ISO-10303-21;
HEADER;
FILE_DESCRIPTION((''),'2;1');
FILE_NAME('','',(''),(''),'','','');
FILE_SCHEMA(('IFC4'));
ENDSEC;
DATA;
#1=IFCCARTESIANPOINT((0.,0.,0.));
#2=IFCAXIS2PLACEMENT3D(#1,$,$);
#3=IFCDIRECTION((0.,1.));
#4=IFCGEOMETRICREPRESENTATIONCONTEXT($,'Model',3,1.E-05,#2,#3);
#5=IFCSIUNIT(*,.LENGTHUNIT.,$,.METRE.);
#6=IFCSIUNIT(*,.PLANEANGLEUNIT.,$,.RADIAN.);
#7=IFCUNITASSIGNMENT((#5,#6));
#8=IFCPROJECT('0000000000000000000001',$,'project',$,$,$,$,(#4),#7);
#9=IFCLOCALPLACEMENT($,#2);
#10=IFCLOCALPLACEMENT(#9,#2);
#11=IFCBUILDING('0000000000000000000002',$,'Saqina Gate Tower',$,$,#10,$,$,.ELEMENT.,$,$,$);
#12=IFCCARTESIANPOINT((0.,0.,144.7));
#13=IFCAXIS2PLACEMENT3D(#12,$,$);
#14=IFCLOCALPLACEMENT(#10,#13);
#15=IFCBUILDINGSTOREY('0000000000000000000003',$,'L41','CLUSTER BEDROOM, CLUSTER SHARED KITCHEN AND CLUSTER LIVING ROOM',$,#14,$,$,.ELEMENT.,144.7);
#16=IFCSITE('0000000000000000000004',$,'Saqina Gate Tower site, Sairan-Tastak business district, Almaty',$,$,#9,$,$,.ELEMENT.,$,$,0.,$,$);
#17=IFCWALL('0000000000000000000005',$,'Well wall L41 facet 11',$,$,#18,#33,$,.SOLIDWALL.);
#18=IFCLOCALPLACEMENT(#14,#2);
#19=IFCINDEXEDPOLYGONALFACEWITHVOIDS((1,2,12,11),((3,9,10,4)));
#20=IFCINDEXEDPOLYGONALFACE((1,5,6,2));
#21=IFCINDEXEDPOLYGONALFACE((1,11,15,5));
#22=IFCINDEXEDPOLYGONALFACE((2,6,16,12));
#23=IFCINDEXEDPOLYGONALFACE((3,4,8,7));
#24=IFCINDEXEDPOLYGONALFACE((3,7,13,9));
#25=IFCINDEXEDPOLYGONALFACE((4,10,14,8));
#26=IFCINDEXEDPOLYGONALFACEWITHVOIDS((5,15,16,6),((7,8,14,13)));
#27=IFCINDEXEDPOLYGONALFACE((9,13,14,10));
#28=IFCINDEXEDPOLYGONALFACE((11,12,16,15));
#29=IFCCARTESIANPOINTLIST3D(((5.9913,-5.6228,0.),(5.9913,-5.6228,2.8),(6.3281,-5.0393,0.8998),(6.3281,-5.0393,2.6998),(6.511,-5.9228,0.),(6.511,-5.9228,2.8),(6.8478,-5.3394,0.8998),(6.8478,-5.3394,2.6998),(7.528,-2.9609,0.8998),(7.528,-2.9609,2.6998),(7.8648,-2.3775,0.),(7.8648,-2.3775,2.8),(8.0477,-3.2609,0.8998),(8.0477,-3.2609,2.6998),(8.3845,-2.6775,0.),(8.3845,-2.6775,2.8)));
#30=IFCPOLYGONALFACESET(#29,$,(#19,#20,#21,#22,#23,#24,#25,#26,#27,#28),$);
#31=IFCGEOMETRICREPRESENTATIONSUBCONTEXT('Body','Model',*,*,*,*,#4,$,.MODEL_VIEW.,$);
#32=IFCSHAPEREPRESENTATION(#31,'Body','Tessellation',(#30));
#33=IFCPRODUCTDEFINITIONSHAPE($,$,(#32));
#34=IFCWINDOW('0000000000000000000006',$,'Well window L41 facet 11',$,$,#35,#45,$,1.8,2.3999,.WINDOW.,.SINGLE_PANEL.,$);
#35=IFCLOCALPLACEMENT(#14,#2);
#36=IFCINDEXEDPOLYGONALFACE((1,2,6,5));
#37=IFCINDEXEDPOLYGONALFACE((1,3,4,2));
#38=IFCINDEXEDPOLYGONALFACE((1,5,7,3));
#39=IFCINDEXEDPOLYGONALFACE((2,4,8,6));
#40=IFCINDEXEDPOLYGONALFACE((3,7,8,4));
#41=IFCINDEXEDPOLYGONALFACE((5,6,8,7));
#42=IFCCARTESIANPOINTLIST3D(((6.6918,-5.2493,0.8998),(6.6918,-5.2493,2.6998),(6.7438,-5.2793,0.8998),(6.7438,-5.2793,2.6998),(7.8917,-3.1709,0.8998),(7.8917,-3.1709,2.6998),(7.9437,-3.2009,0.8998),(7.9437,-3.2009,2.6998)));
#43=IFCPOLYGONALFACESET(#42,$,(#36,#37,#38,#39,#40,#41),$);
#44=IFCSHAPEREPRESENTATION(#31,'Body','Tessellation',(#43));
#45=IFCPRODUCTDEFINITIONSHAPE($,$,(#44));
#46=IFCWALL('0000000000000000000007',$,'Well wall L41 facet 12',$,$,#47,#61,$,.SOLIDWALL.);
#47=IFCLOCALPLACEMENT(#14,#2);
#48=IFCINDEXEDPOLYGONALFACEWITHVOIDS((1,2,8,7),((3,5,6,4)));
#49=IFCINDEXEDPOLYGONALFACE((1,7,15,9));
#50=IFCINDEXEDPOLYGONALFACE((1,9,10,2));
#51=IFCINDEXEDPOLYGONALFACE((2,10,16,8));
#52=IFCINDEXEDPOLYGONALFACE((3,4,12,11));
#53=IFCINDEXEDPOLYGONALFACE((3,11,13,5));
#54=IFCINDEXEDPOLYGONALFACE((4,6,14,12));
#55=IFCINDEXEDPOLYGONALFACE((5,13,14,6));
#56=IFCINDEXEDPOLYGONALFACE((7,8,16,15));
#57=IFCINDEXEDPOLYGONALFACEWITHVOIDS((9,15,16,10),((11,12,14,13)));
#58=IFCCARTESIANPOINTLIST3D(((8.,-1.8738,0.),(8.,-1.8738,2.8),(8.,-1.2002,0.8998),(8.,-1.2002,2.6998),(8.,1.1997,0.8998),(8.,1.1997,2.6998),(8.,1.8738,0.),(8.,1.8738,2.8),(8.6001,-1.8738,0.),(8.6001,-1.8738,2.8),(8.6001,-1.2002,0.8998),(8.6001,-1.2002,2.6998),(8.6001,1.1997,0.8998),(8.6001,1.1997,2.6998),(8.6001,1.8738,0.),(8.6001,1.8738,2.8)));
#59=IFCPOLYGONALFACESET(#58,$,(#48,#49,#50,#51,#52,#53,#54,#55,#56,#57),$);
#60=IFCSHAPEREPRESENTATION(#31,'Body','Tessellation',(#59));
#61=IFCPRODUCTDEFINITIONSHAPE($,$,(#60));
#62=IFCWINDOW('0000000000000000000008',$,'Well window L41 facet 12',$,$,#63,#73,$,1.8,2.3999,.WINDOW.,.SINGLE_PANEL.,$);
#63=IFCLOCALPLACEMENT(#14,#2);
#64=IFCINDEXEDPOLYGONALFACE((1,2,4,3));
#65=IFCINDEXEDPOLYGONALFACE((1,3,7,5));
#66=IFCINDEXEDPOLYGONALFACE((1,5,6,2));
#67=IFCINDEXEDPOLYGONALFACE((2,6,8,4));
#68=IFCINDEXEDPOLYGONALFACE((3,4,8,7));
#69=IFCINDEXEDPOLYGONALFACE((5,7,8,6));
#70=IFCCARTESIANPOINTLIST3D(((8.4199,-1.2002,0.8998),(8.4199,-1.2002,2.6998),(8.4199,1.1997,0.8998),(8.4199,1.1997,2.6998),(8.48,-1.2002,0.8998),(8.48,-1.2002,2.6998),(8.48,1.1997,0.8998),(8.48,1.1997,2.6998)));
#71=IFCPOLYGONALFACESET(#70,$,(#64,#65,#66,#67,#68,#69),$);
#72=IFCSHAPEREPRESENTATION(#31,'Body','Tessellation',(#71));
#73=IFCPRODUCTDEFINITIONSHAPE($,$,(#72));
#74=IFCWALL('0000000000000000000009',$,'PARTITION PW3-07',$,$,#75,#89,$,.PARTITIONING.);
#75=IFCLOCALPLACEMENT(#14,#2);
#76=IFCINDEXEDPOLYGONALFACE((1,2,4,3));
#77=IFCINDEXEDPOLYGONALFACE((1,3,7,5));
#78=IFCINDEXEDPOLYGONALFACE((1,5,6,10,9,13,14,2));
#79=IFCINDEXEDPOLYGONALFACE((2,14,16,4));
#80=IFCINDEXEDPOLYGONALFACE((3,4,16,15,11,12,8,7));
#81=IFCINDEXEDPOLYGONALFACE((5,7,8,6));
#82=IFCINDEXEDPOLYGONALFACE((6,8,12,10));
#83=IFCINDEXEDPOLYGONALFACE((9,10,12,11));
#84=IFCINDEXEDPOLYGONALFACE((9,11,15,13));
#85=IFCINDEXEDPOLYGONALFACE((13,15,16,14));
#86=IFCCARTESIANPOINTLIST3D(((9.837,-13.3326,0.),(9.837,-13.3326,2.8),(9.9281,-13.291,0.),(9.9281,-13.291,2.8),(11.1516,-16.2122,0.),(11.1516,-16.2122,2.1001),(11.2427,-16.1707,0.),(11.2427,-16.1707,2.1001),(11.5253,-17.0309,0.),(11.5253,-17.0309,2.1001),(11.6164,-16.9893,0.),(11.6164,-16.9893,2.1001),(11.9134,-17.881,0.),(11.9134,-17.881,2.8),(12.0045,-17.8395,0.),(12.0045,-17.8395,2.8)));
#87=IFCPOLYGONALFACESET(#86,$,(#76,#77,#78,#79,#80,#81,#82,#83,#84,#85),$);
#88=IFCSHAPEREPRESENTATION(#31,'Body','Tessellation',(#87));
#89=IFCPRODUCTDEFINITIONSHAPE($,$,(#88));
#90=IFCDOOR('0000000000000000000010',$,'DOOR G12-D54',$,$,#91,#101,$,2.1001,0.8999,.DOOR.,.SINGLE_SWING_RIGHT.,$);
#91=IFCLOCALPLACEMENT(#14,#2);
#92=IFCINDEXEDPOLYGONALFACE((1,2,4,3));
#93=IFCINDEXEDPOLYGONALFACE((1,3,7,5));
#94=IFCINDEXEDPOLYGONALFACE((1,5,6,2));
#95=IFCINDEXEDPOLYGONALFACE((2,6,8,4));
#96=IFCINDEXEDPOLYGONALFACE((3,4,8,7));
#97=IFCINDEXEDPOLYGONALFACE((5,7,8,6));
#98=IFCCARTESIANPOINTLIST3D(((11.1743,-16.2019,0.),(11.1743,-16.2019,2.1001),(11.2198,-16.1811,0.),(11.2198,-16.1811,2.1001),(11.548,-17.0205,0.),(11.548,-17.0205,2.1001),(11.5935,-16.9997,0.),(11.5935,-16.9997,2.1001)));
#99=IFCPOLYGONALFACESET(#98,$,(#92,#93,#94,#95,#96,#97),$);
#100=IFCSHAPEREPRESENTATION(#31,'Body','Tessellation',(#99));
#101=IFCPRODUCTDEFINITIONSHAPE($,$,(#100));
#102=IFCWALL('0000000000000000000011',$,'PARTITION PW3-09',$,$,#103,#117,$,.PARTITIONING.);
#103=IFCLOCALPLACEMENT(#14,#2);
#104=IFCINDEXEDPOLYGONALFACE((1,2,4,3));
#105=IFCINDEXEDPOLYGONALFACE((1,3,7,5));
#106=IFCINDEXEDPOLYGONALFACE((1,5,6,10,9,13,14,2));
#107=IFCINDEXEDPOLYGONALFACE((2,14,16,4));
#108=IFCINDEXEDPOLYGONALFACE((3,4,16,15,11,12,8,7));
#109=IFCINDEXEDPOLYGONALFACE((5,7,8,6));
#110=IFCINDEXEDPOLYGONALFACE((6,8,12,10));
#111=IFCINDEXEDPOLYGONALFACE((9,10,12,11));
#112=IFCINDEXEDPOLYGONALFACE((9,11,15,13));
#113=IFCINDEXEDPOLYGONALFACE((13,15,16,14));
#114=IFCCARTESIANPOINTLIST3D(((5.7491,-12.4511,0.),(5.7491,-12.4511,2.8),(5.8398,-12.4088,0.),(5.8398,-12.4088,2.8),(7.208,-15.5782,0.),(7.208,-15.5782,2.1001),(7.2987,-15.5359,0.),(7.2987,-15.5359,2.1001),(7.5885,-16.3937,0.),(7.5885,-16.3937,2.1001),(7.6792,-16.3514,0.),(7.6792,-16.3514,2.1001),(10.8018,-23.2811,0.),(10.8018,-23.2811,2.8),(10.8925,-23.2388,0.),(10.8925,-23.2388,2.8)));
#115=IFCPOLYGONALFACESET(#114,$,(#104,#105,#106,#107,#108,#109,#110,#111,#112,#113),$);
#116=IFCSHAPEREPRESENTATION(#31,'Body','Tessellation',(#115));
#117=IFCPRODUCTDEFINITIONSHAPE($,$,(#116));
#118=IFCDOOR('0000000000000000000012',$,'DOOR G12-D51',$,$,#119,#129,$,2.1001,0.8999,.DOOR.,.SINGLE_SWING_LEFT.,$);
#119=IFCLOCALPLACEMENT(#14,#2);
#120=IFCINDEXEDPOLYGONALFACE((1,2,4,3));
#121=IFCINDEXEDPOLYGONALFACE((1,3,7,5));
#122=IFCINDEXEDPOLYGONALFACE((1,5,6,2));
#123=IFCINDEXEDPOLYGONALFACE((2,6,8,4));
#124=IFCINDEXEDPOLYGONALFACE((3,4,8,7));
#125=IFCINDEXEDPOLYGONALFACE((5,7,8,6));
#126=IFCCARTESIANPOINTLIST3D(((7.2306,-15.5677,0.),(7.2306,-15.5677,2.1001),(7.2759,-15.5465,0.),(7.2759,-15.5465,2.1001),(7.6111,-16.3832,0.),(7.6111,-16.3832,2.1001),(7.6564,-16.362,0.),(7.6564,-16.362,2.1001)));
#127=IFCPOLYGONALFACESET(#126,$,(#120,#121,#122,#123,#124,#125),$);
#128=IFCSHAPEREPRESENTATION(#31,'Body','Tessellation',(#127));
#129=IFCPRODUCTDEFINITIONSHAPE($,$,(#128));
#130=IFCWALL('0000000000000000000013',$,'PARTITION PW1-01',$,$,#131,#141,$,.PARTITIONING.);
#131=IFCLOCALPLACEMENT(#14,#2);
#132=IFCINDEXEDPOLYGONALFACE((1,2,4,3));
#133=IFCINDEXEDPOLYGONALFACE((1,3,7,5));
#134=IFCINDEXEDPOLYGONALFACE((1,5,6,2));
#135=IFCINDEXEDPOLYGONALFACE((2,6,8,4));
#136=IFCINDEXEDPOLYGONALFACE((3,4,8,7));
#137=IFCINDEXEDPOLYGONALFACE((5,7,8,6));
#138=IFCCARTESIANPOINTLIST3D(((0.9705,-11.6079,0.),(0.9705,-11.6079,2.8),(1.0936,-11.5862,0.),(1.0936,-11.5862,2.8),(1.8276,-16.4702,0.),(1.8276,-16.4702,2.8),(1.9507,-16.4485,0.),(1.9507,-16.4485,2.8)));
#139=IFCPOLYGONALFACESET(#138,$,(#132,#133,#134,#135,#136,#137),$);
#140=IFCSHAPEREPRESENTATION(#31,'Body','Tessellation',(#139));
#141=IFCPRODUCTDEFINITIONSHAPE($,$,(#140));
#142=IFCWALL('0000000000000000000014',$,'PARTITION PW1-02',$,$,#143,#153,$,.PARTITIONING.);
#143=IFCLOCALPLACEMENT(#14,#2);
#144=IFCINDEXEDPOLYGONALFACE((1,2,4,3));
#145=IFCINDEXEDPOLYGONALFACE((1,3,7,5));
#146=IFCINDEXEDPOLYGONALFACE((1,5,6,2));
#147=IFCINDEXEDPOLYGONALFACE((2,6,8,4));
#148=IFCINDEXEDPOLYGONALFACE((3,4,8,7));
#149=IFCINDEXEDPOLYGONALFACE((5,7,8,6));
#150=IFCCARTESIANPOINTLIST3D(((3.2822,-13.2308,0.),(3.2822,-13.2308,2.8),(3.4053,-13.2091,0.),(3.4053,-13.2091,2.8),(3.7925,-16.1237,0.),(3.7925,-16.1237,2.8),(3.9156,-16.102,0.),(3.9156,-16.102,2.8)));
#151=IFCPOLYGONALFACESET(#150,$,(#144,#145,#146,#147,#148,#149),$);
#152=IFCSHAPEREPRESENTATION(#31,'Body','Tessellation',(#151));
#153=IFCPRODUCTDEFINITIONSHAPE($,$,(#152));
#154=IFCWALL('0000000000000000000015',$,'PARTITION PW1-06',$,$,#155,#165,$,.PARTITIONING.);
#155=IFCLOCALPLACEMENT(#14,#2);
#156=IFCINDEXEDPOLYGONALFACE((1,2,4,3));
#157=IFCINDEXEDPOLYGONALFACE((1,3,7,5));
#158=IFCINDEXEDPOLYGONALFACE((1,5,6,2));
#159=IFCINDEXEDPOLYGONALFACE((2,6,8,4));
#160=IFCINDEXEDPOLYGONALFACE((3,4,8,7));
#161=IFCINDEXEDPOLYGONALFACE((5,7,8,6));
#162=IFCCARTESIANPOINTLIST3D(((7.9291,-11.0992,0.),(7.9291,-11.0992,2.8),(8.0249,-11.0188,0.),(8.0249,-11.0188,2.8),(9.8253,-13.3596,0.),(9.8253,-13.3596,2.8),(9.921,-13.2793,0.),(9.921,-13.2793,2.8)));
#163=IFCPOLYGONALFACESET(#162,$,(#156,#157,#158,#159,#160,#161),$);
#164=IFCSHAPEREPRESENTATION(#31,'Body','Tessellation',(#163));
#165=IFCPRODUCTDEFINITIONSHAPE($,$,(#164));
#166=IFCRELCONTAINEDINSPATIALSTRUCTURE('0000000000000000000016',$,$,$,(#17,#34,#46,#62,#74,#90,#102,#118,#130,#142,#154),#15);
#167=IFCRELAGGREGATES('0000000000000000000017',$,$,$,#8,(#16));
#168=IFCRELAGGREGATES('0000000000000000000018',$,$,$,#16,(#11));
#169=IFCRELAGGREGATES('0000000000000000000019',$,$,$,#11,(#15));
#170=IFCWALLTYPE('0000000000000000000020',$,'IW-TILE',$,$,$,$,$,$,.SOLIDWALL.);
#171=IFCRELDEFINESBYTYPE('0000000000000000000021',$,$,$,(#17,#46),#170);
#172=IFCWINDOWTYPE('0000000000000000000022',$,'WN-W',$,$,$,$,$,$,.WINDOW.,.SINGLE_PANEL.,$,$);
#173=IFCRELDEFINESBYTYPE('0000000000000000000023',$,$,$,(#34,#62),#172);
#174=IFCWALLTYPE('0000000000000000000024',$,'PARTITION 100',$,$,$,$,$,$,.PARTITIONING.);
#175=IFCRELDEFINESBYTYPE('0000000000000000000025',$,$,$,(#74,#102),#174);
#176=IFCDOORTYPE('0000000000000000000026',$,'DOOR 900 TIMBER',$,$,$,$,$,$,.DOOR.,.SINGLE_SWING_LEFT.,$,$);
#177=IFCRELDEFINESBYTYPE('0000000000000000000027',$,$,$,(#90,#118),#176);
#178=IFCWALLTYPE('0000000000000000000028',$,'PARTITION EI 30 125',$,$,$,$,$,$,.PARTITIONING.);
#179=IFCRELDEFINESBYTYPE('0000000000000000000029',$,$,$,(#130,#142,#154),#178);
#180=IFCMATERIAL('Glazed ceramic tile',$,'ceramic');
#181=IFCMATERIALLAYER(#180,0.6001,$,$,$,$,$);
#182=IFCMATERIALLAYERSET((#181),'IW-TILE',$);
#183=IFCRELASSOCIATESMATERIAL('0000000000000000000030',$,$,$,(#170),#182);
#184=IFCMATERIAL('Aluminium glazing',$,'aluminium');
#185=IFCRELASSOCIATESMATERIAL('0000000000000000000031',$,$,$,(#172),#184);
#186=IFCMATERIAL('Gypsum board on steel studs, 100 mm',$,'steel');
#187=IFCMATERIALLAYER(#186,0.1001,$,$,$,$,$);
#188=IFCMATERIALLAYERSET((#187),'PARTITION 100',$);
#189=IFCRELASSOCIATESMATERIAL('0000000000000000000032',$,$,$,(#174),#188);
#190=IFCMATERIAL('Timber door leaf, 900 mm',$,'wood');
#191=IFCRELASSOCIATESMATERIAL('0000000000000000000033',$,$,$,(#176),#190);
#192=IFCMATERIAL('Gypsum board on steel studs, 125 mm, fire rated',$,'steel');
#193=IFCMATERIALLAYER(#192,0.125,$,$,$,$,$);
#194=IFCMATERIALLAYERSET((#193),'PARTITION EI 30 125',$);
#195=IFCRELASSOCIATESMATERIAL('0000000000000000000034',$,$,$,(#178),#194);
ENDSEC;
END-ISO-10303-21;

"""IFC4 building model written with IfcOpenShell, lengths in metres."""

from ifc_helpers import new_model, si_unit, direction, frame, frame_2d, origin, place, context, subcontext, project, spatial, rectangle, extrude, material, layer, layer_set, type_object, element, fill, save


model = new_model("IFC4")

# Units and contexts
model_context = context("Model", 3, precision=1e-05, world=origin(), true_north=direction((0.0, 1.0)))
body_context = subcontext(model_context, "Body", "Model", "MODEL_VIEW")
ifc_project = project(units=[si_unit("LENGTHUNIT", "METRE"), si_unit("PLANEANGLEUNIT", "RADIAN")], contexts=[model_context])

# Site, building, storey
site_placement = place(None, origin())
site = spatial("IfcSite", under=ifc_project, at=site_placement, Name="Saqina Gate Tower site, Sairan-Tastak business district, Almaty", CompositionType="ELEMENT", RefElevation=0.0)
building_placement = place(site_placement, origin())
building = spatial("IfcBuilding", under=site, at=building_placement, Name="Saqina Gate Tower", CompositionType="ELEMENT")
storey_placement = place(building_placement, frame((0.0, 0.0, 144.7)))
storey = spatial("IfcBuildingStorey", under=building, at=storey_placement, Name="L41", Description="CLUSTER BEDROOM, CLUSTER SHARED KITCHEN AND CLUSTER LIVING ROOM", CompositionType="ELEMENT", Elevation=144.7)

# Walls, openings, windows
ifc_material_1 = material(Name="Glazed ceramic tile", Category="ceramic")
ifc_layer_1 = layer(ifc_material_1, 0.6001)
ifc_layer_set_1 = layer_set([ifc_layer_1], Name="IW-TILE")
wall_type_1 = type_object("IfcWallType", Name="IW-TILE", PredefinedType="SOLIDWALL", material=ifc_layer_set_1)
ifc_material_2 = material(Name="Aluminium glazing", Category="aluminium")
window_type = type_object("IfcWindowType", Name="WN-W", PartitioningType="SINGLE_PANEL", PredefinedType="WINDOW", material=ifc_material_2)
wall_1_placement = place(storey_placement, frame((6.2512, -5.7727, 0.0), z_axis=(0.0, 0.0, 1.0), x_axis=(0.499965, 0.866046, 0.0)))
wall_1 = element("IfcWall", 1, at=wall_1_placement, inside=storey, type_object=wall_type_1, Name="Well wall L41 facet 11", PredefinedType="SOLIDWALL", context=body_context, shape_type="SweptSolid", body=[
    extrude(rectangle(XDim=3.7473, YDim=0.6001, at=frame_2d((1.8735, 0.0))), origin(), (0.0, 0.0, 1.0), 2.8),
])
opening_1_placement = place(wall_1_placement, frame((0.6736, 0.0, 0.8999)))
opening_1 = element("IfcOpeningElement", 2, at=opening_1_placement, cuts=wall_1, PredefinedType="OPENING", context=body_context, shape_type="SweptSolid", body=[
    extrude(rectangle(XDim=2.3999, YDim=1.8, at=frame_2d((1.2, 0.8999))), frame((0.0, 0.312, 0.0), z_axis=(0.0, -1.0, 0.0), x_axis=(1.0, 0.0, 0.0)), (0.0, 0.0, 1.0), 0.624),
])
window_1_placement = place(opening_1_placement, origin())
window_1 = element("IfcWindow", 3, at=window_1_placement, inside=storey, type_object=window_type, Name="Well window L41 facet 11", OverallHeight=1.8, OverallWidth=2.3999, PartitioningType="SINGLE_PANEL", PredefinedType="WINDOW", context=body_context, shape_type="SweptSolid", body=[
    extrude(rectangle(XDim=2.3999, YDim=1.8, at=frame_2d((1.2, 0.8999))), frame((0.0, -0.1199, 0.0), z_axis=(0.0, -1.0, 0.0), x_axis=(1.0, 0.0, 0.0)), (0.0, 0.0, 1.0), 0.0601),
])
fill(opening_1, window_1)
wall_2_placement = place(storey_placement, frame((8.3, -1.8738, 0.0), z_axis=(0.0, 0.0, 1.0), x_axis=(0.0, 1.0, 0.0)))
wall_2 = element("IfcWall", 4, at=wall_2_placement, inside=storey, type_object=wall_type_1, Name="Well wall L41 facet 12", PredefinedType="SOLIDWALL", context=body_context, shape_type="SweptSolid", body=[
    extrude(rectangle(XDim=3.7476, YDim=0.6001, at=frame_2d((1.8738, 0.0))), origin(), (0.0, 0.0, 1.0), 2.8),
])
opening_2_placement = place(wall_2_placement, frame((0.6736, 0.0, 0.8999)))
opening_2 = element("IfcOpeningElement", 5, at=opening_2_placement, cuts=wall_2, PredefinedType="OPENING", context=body_context, shape_type="SweptSolid", body=[
    extrude(rectangle(XDim=2.3999, YDim=1.8, at=frame_2d((1.2, 0.8999))), frame((0.0, 0.312, 0.0), z_axis=(0.0, -1.0, 0.0), x_axis=(1.0, 0.0, 0.0)), (0.0, 0.0, 1.0), 0.624),
])
window_2_placement = place(opening_2_placement, origin())
window_2 = element("IfcWindow", 6, at=window_2_placement, inside=storey, type_object=window_type, Name="Well window L41 facet 12", OverallHeight=1.8, OverallWidth=2.3999, PartitioningType="SINGLE_PANEL", PredefinedType="WINDOW", context=body_context, shape_type="SweptSolid", body=[
    extrude(rectangle(XDim=2.3999, YDim=1.8, at=frame_2d((1.2, 0.8999))), frame((0.0, -0.1199, 0.0), z_axis=(0.0, -1.0, 0.0), x_axis=(1.0, 0.0, 0.0)), (0.0, 0.0, 1.0), 0.0601),
])
fill(opening_2, window_2)

# Walls, openings, doors
ifc_material_3 = material(Name="Gypsum board on steel studs, 100 mm", Category="steel")
ifc_layer_2 = layer(ifc_material_3, 0.1001)
ifc_layer_set_2 = layer_set([ifc_layer_2], Name="PARTITION 100")
wall_type_2 = type_object("IfcWallType", Name="PARTITION 100", PredefinedType="PARTITIONING", material=ifc_layer_set_2)
wall_3_placement = place(storey_placement, frame((9.8826, -13.3118, 0.0), z_axis=(0.0, 0.0, 1.0), x_axis=(0.415274, -0.909696, 0.0)))
wall_3 = element("IfcWall", 7, at=wall_3_placement, inside=storey, type_object=wall_type_2, Name="PARTITION PW3-07", PredefinedType="PARTITIONING", context=body_context, shape_type="SweptSolid", body=[
    extrude(rectangle(XDim=5.0, YDim=0.1001, at=frame_2d((2.5, 0.0))), origin(), (0.0, 0.0, 1.0), 2.8),
])
opening_3_placement = place(wall_3_placement, frame((3.1655, 0.0, 0.0)))
opening_3 = element("IfcOpeningElement", 8, at=opening_3_placement, cuts=wall_3, PredefinedType="OPENING", context=body_context, shape_type="SweptSolid", body=[
    extrude(rectangle(XDim=0.8999, YDim=2.1001, at=frame_2d((0.45, 1.05))), frame((0.0, 0.062, 0.0), z_axis=(0.0, -1.0, 0.0), x_axis=(1.0, 0.0, 0.0)), (0.0, 0.0, 1.0), 0.124),
])
ifc_material_4 = material(Name="Timber door leaf, 900 mm", Category="wood")
door_type = type_object("IfcDoorType", Name="DOOR 900 TIMBER", OperationType="SINGLE_SWING_LEFT", PredefinedType="DOOR", material=ifc_material_4)
door_1_placement = place(opening_3_placement, origin())
door_1 = element("IfcDoor", 9, at=door_1_placement, inside=storey, type_object=door_type, Name="DOOR G12-D54", OperationType="SINGLE_SWING_RIGHT", OverallHeight=2.1001, OverallWidth=0.8999, PredefinedType="DOOR", context=body_context, shape_type="SweptSolid", body=[
    extrude(rectangle(XDim=0.8999, YDim=2.1001, at=frame_2d((0.45, 1.05))), frame((0.0, 0.0249, 0.0), z_axis=(0.0, -1.0, 0.0), x_axis=(1.0, 0.0, 0.0)), (0.0, 0.0, 1.0), 0.05),
])
fill(opening_3, door_1)
wall_4_placement = place(storey_placement, frame((5.7944, -12.4299, 0.0), z_axis=(0.0, 0.0, 1.0), x_axis=(0.422796, -0.906225, 0.0)))
wall_4 = element("IfcWall", 10, at=wall_4_placement, inside=storey, type_object=wall_type_2, Name="PARTITION PW3-09", PredefinedType="PARTITIONING", context=body_context, shape_type="SweptSolid", body=[
    extrude(rectangle(XDim=11.9507, YDim=0.1001, at=frame_2d((5.9753, 0.0))), origin(), (0.0, 0.0, 1.0), 2.8),
])
opening_4_placement = place(wall_4_placement, frame((3.4507, 0.0, 0.0)))
opening_4 = element("IfcOpeningElement", 11, at=opening_4_placement, cuts=wall_4, PredefinedType="OPENING", context=body_context, shape_type="SweptSolid", body=[
    extrude(rectangle(XDim=0.8999, YDim=2.1001, at=frame_2d((0.45, 1.05))), frame((0.0, 0.062, 0.0), z_axis=(0.0, -1.0, 0.0), x_axis=(1.0, 0.0, 0.0)), (0.0, 0.0, 1.0), 0.124),
])
door_2_placement = place(opening_4_placement, origin())
door_2 = element("IfcDoor", 12, at=door_2_placement, inside=storey, type_object=door_type, Name="DOOR G12-D51", OperationType="SINGLE_SWING_LEFT", OverallHeight=2.1001, OverallWidth=0.8999, PredefinedType="DOOR", context=body_context, shape_type="SweptSolid", body=[
    extrude(rectangle(XDim=0.8999, YDim=2.1001, at=frame_2d((0.45, 1.05))), frame((0.0, 0.0249, 0.0), z_axis=(0.0, -1.0, 0.0), x_axis=(1.0, 0.0, 0.0)), (0.0, 0.0, 1.0), 0.05),
])
fill(opening_4, door_2)

# Walls
ifc_material_5 = material(Name="Gypsum board on steel studs, 125 mm, fire rated", Category="steel")
ifc_layer_3 = layer(ifc_material_5, 0.125)
ifc_layer_set_3 = layer_set([ifc_layer_3], Name="PARTITION EI 30 125")
wall_type_3 = type_object("IfcWallType", Name="PARTITION EI 30 125", PredefinedType="PARTITIONING", material=ifc_layer_set_3)
wall_5_placement = place(storey_placement, frame((1.032, -11.5969, 0.0), z_axis=(0.0, 0.0, 1.0), x_axis=(0.173613, -0.984814, 0.0)))
element("IfcWall", 13, at=wall_5_placement, inside=storey, type_object=wall_type_3, Name="PARTITION PW1-01", PredefinedType="PARTITIONING", context=body_context, shape_type="SweptSolid", body=[
    extrude(rectangle(XDim=4.9373, YDim=0.125, at=frame_2d((2.4688, 0.0))), origin(), (0.0, 0.0, 1.0), 2.8),
])
wall_6_placement = place(storey_placement, frame((3.3438, -13.22, 0.0), z_axis=(0.0, 0.0, 1.0), x_axis=(0.173705, -0.984798, 0.0)))
element("IfcWall", 14, at=wall_6_placement, inside=storey, type_object=wall_type_3, Name="PARTITION PW1-02", PredefinedType="PARTITIONING", context=body_context, shape_type="SweptSolid", body=[
    extrude(rectangle(XDim=2.9375, YDim=0.125, at=frame_2d((1.4688, 0.0))), origin(), (0.0, 0.0, 1.0), 2.8),
])
wall_7_placement = place(storey_placement, frame((7.9771, -11.0591, 0.0), z_axis=(0.0, 0.0, 1.0), x_axis=(0.64268, -0.766135, 0.0)))
element("IfcWall", 15, at=wall_7_placement, inside=storey, type_object=wall_type_3, Name="PARTITION PW1-06", PredefinedType="PARTITIONING", context=body_context, shape_type="SweptSolid", body=[
    extrude(rectangle(XDim=2.9504, YDim=0.125, at=frame_2d((1.4751, 0.0))), origin(), (0.0, 0.0, 1.0), 2.8),
])

save(model, "model.ifc")
